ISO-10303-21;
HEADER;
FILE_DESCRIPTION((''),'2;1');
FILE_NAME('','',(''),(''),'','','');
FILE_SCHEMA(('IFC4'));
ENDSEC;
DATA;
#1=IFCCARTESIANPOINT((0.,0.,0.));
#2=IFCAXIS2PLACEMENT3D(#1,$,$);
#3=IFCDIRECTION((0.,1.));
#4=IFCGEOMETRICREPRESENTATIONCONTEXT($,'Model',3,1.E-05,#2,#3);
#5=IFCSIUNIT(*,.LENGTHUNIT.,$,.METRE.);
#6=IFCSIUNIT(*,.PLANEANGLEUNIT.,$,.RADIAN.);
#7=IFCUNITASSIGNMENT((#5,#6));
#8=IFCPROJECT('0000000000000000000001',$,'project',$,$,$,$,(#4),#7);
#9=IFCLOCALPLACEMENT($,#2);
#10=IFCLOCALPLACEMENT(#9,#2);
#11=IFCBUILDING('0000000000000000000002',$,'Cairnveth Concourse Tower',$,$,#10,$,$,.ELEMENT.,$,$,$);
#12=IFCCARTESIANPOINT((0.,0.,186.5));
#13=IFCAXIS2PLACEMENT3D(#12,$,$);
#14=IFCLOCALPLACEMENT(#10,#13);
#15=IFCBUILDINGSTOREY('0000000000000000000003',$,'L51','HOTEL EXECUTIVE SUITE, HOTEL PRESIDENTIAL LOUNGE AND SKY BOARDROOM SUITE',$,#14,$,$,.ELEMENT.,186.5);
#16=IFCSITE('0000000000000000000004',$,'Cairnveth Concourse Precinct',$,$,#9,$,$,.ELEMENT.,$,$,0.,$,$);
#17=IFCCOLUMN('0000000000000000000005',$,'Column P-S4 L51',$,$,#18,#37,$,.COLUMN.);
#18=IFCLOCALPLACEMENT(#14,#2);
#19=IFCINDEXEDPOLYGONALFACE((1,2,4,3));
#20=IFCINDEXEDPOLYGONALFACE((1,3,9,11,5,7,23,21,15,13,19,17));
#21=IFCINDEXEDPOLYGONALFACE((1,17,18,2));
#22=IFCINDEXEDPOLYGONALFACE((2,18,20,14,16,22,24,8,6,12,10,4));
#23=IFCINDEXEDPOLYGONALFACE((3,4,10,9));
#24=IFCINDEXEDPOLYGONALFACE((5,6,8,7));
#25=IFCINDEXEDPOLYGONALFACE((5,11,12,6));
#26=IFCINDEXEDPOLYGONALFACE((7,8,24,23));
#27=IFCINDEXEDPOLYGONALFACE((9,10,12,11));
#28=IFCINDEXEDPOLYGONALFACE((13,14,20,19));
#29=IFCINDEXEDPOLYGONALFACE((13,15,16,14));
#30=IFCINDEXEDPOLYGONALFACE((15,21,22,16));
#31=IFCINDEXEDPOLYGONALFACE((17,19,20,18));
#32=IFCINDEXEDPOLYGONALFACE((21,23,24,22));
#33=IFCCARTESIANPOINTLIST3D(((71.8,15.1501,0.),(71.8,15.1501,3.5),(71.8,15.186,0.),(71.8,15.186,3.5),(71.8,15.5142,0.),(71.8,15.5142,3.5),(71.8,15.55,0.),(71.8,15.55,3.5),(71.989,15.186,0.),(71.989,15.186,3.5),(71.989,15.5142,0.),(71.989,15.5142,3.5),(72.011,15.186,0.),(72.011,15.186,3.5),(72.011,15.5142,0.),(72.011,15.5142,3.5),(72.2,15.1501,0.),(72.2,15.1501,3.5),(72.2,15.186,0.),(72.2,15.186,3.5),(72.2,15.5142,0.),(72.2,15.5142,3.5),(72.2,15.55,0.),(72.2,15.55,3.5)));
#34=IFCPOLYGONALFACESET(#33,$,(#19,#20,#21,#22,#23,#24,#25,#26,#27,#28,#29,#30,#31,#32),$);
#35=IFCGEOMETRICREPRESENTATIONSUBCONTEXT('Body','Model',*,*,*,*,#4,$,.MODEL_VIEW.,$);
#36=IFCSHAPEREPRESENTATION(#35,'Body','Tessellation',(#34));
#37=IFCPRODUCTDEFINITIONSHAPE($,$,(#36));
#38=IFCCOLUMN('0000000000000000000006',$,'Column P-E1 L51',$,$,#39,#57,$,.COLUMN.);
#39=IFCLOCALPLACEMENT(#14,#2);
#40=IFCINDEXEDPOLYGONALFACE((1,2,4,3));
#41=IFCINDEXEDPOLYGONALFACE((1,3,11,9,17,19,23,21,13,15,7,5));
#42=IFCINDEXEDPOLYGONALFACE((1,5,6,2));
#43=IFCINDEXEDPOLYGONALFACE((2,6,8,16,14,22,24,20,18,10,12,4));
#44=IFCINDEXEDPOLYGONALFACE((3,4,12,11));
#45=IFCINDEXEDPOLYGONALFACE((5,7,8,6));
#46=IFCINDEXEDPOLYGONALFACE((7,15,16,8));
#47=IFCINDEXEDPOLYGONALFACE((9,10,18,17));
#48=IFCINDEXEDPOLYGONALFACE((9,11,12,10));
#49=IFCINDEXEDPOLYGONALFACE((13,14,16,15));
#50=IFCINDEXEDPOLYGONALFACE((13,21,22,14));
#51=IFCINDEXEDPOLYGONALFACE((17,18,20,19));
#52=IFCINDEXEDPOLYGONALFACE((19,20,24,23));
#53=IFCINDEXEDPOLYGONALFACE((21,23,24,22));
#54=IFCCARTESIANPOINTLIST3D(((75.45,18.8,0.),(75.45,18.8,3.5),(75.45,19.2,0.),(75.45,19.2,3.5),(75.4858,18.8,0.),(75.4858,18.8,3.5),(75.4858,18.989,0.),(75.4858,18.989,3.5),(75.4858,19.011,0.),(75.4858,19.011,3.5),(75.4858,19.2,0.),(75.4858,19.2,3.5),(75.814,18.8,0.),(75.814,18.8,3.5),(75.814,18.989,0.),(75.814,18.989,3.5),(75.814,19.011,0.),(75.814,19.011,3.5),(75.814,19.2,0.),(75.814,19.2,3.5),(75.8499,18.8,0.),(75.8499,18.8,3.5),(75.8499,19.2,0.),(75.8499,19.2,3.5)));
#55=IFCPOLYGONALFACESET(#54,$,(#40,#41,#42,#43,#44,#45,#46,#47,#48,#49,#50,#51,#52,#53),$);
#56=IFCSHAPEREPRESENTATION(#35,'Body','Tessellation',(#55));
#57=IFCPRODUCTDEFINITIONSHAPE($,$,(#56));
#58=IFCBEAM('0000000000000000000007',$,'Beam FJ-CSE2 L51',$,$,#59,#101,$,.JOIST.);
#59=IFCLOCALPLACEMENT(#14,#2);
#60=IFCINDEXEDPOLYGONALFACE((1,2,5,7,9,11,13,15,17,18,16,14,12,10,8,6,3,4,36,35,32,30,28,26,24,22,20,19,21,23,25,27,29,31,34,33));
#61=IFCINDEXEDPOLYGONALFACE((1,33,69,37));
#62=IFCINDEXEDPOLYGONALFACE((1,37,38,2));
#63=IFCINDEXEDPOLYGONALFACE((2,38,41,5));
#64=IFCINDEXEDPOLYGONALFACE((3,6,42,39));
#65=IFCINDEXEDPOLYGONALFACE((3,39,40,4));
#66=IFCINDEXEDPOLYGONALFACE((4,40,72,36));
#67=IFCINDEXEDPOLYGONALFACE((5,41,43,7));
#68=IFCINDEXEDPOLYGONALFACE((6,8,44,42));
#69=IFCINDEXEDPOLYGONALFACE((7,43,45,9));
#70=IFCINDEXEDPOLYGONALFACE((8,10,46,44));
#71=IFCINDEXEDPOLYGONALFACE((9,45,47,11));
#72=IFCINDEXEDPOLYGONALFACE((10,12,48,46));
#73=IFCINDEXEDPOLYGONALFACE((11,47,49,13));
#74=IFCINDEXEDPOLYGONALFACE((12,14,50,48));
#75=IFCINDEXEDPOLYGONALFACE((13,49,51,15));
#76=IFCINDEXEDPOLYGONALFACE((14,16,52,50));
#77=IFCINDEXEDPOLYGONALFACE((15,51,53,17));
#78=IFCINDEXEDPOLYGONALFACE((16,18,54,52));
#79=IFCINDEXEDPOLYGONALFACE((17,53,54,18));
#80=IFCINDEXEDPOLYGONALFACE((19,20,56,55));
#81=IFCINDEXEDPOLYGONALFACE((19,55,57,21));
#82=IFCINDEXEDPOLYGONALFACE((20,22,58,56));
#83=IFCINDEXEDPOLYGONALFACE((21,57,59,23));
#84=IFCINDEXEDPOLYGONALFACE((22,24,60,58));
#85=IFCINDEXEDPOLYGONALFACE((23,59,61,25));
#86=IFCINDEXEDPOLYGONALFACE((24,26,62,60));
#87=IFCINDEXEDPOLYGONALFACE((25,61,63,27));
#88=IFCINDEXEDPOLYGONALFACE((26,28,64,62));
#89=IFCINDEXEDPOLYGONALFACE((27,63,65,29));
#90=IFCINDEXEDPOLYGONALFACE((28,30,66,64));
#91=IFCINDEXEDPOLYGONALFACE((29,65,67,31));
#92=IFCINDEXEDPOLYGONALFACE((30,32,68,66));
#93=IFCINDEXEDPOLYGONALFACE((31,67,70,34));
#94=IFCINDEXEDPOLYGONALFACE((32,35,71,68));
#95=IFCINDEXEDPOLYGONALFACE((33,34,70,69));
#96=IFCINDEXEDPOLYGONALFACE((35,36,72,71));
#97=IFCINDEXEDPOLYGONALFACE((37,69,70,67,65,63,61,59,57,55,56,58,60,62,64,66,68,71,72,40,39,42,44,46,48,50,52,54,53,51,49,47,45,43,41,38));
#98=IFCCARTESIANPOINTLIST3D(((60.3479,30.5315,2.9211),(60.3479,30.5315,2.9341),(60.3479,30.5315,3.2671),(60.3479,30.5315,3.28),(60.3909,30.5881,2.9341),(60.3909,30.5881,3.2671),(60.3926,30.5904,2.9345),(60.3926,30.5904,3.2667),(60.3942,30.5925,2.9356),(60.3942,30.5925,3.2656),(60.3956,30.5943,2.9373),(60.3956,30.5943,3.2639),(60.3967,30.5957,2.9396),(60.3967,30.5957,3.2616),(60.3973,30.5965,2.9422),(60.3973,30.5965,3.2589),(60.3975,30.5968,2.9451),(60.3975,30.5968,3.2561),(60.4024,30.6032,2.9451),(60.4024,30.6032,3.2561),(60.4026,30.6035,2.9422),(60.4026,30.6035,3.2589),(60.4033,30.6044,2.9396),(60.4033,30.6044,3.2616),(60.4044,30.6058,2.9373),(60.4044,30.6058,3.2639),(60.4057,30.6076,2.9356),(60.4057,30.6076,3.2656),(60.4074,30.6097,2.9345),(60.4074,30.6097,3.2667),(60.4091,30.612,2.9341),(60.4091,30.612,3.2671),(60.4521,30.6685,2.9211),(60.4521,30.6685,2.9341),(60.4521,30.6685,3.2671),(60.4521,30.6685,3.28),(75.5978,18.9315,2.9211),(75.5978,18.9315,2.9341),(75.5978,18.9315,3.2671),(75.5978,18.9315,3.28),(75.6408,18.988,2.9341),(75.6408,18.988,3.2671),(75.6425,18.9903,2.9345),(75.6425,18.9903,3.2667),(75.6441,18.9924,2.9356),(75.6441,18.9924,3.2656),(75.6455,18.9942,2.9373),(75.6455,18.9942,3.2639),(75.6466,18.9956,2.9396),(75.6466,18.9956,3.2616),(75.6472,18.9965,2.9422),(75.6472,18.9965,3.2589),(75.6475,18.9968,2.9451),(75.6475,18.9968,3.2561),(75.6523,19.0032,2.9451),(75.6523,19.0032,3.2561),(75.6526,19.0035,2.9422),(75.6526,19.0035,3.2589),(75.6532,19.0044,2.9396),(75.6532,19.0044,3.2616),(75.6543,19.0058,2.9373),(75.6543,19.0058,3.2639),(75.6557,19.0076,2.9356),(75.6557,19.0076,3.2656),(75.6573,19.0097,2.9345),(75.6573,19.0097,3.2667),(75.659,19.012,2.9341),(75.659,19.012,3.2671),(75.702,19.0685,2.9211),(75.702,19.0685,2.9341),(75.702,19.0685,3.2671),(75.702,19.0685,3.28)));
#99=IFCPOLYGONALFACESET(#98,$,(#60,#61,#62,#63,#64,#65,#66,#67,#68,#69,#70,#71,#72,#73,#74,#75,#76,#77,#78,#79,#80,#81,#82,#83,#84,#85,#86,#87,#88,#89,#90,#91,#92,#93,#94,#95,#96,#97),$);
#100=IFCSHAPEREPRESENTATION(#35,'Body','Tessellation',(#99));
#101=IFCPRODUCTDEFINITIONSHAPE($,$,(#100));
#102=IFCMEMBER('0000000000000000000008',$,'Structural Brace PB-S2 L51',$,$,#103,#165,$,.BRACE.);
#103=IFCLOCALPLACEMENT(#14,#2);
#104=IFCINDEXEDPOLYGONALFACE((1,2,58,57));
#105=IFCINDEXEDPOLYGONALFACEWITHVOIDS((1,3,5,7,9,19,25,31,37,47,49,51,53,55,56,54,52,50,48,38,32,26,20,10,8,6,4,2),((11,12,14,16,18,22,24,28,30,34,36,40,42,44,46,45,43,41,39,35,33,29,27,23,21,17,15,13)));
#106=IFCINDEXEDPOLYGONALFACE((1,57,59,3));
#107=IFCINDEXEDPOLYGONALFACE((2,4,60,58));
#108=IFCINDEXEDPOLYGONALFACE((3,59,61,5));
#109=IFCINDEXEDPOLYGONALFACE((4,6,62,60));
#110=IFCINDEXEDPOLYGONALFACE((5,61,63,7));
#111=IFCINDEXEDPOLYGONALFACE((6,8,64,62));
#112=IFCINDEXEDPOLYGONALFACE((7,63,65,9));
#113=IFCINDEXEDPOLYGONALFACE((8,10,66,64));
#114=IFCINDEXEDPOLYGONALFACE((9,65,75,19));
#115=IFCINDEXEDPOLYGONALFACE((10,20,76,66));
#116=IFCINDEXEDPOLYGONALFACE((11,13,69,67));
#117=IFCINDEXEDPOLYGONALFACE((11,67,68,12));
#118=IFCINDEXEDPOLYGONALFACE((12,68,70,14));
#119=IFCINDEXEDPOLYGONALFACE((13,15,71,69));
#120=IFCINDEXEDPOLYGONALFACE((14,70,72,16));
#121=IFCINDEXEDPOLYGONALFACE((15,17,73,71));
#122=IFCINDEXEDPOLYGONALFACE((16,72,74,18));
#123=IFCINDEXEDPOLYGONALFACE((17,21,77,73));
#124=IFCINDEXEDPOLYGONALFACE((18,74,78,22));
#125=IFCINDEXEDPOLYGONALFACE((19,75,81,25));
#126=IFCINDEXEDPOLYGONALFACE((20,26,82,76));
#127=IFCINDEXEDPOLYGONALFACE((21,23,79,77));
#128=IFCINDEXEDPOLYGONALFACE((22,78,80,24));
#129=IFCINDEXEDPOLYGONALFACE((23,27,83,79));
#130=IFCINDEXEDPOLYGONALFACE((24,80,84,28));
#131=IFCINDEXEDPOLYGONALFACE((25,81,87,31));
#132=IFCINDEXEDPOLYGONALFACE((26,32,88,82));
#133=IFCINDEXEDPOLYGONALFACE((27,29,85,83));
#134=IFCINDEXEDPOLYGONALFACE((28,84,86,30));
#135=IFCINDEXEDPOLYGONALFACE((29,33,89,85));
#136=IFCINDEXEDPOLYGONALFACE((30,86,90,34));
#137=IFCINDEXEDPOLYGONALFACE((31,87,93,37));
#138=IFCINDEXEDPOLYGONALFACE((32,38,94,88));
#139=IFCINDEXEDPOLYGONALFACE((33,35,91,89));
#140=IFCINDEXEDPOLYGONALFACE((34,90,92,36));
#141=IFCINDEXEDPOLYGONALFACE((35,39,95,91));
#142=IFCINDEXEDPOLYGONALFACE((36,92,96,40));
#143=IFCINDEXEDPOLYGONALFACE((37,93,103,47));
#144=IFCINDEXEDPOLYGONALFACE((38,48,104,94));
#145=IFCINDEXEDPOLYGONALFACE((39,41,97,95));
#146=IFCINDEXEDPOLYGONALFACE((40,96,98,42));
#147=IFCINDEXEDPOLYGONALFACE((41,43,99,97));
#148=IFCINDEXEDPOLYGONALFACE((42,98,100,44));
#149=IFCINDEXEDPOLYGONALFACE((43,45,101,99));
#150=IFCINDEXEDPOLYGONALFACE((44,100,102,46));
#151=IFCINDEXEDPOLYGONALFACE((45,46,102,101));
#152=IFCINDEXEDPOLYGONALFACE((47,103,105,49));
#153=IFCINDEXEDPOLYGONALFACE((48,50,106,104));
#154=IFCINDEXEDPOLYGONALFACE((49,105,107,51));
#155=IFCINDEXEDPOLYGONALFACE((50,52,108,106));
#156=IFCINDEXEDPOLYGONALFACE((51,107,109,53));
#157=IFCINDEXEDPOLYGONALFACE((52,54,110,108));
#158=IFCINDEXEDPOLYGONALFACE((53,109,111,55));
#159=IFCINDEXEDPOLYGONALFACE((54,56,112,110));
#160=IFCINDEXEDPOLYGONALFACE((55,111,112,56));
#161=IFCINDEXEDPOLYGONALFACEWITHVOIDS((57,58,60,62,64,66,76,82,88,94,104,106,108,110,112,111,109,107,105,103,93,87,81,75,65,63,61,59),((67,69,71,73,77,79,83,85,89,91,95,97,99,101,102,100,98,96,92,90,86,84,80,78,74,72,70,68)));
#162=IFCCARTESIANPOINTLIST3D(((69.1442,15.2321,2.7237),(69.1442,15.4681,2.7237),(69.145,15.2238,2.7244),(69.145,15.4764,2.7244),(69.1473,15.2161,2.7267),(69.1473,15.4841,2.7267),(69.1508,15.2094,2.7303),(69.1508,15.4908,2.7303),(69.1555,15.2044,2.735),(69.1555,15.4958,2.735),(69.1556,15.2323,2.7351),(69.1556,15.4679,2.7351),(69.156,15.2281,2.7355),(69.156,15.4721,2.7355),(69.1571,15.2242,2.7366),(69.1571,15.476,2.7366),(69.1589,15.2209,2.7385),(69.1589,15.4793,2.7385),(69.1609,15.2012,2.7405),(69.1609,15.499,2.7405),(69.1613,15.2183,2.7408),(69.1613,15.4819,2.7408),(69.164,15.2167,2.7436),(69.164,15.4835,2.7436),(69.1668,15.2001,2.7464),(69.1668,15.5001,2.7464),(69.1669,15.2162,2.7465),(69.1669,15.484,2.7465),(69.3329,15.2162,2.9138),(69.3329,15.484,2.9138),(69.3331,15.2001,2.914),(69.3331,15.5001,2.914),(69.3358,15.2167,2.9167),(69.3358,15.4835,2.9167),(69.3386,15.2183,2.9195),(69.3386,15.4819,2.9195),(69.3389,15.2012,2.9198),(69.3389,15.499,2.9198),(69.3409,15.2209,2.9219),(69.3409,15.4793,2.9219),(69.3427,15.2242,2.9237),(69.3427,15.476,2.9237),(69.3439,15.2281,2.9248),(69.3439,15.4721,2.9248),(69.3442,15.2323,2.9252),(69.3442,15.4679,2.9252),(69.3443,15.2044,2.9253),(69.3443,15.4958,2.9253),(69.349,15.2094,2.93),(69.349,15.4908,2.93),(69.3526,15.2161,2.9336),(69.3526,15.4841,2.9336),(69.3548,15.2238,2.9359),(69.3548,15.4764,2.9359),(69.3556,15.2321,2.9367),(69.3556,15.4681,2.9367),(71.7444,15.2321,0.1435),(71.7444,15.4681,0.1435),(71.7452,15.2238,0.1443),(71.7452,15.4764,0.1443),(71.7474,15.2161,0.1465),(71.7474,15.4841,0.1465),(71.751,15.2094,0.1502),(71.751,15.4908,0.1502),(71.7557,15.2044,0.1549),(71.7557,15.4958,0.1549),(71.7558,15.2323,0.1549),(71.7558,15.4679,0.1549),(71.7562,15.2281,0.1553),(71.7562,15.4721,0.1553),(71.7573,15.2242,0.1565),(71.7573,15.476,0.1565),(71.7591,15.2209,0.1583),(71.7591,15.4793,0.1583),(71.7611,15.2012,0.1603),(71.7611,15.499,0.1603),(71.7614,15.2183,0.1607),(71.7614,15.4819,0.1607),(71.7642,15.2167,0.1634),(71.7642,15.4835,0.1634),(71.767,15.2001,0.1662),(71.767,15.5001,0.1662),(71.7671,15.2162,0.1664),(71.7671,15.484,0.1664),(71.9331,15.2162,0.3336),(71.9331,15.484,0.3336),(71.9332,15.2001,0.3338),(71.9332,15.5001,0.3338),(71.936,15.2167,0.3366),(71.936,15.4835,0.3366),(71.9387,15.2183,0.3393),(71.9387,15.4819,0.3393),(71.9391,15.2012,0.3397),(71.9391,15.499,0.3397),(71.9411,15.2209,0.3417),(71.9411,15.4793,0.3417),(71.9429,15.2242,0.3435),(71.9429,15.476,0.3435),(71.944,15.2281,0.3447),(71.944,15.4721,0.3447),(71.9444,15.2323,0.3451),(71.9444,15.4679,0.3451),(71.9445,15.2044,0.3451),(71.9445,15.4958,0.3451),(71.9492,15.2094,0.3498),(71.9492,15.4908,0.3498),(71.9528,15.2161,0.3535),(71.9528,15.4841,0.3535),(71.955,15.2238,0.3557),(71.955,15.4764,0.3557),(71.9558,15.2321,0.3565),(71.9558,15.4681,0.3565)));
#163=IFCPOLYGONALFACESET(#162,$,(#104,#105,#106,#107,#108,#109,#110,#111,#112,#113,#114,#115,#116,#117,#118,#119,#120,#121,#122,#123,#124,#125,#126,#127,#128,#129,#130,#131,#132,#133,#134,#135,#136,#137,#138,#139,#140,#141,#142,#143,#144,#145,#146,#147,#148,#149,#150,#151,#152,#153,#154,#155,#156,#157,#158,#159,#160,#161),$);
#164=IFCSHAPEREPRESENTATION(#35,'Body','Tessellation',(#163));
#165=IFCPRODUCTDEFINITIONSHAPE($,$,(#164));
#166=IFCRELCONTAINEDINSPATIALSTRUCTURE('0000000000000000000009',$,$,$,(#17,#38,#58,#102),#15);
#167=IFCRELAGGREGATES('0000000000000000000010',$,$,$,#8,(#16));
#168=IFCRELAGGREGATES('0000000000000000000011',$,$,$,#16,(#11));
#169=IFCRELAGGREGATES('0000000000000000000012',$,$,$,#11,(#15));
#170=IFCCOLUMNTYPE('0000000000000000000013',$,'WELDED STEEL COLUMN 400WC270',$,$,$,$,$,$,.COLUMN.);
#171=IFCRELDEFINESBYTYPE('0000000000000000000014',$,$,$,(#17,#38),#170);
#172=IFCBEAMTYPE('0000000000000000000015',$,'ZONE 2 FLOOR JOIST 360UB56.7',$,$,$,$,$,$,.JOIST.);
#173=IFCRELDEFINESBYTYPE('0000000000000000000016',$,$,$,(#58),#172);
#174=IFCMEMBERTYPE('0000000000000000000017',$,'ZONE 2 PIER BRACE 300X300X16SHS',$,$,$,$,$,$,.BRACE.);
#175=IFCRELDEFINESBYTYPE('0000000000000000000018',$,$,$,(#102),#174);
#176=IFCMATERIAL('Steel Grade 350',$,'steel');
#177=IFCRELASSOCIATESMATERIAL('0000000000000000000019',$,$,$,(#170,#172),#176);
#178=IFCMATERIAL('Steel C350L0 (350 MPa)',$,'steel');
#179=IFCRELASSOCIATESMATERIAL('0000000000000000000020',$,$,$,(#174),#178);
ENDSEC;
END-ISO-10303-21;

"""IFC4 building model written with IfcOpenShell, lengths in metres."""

from ifc_helpers import new_model, si_unit, direction, frame, origin, origin_2d, place, context, subcontext, project, spatial, hollow_rectangle, i_section, extrude, material, material_profile, profile_set, type_object, element, save


model = new_model("IFC4")

# Units and contexts
model_context = context("Model", 3, precision=1e-05, world=origin(), true_north=direction((0.0, 1.0)))
body_context = subcontext(model_context, "Body", "Model", "MODEL_VIEW")
ifc_project = project(units=[si_unit("LENGTHUNIT", "METRE"), si_unit("PLANEANGLEUNIT", "RADIAN")], contexts=[model_context])

# Site, building, storey
site_placement = place(None, origin())
site = spatial("IfcSite", under=ifc_project, at=site_placement, Name="Cairnveth Concourse Precinct", CompositionType="ELEMENT", RefElevation=0.0)
building_placement = place(site_placement, origin())
building = spatial("IfcBuilding", under=site, at=building_placement, Name="Cairnveth Concourse Tower", CompositionType="ELEMENT")
storey_placement = place(building_placement, frame((0.0, 0.0, 186.5)))
storey = spatial("IfcBuildingStorey", under=building, at=storey_placement, Name="L51", Description="HOTEL EXECUTIVE SUITE, HOTEL PRESIDENTIAL LOUNGE AND SKY BOARDROOM SUITE", CompositionType="ELEMENT", Elevation=186.5)

# Columns
ifc_material_1 = material(Name="Steel Grade 350", Category="steel")
ifc_material_profile_1 = material_profile(ifc_material_1, i_section(OverallWidth=0.3999, OverallDepth=0.3999, WebThickness=0.022, FlangeThickness=0.0359, at=origin_2d()), Name="400WC270")
ifc_profile_set_1 = profile_set([ifc_material_profile_1], Name="Steel Grade 350")
column_type = type_object("IfcColumnType", Name="WELDED STEEL COLUMN 400WC270", PredefinedType="COLUMN", material=ifc_profile_set_1)
for number, where, z_axis, x_axis, name in (
    (1, (72.0, 15.3501, 0.0), (0.0, 0.0, 1.0), (1.0, 0.0, 0.0), "Column P-S4 L51"),
    (2, (75.6499, 19.0, 0.0), (0.0, 0.0, 1.0), (0.0, 1.0, 0.0), "Column P-E1 L51"),
):
    element("IfcColumn", number, at=place(storey_placement, frame(where, z_axis=z_axis, x_axis=x_axis)), inside=storey, type_object=column_type, Name=name, PredefinedType="COLUMN", context=body_context, shape_type="SweptSolid", body=[
        extrude(i_section(OverallWidth=0.3999, OverallDepth=0.3999, WebThickness=0.022, FlangeThickness=0.0359, at=origin_2d()), origin(), (0.0, 0.0, 1.0), 3.5),
    ])

# Beam
ifc_material_profile_2 = material_profile(ifc_material_1, i_section(OverallWidth=0.1721, OverallDepth=0.3589, WebThickness=0.0081, FlangeThickness=0.0129, FilletRadius=0.011, at=origin_2d()), Name="360UB56.7")
ifc_profile_set_2 = profile_set([ifc_material_profile_2], Name="Steel Grade 350")
beam_type_1 = type_object("IfcBeamType", Name="ZONE 2 FLOOR JOIST 360UB56.7", PredefinedType="JOIST", material=ifc_profile_set_2)
beam_1_placement = place(storey_placement, frame((75.6499, 19.0, 3.1006), z_axis=(-0.795908, 0.605417, 0.0), x_axis=(-0.605417, -0.795908, 0.0)))
element("IfcBeam", 3, at=beam_1_placement, inside=storey, type_object=beam_type_1, Name="Beam FJ-CSE2 L51", PredefinedType="JOIST", context=body_context, shape_type="SweptSolid", body=[
    extrude(i_section(OverallWidth=0.1721, OverallDepth=0.3589, WebThickness=0.0081, FlangeThickness=0.0129, FilletRadius=0.011, at=origin_2d()), origin(), (0.0, 0.0, 1.0), 19.1604),
])

# Member
ifc_material_2 = material(Name="Steel C350L0 (350 MPa)", Category="steel")
ifc_material_profile_3 = material_profile(ifc_material_2, hollow_rectangle(XDim=0.3, YDim=0.3, WallThickness=0.0161, InnerFilletRadius=0.0161, OuterFilletRadius=0.032, at=origin_2d()), Name="300x300x16.0SHS")
ifc_profile_set_3 = profile_set([ifc_material_profile_3], Name="Steel C350L0 (350 MPa)")
member_type = type_object("IfcMemberType", Name="ZONE 2 PIER BRACE 300X300X16SHS", PredefinedType="BRACE", material=ifc_profile_set_3)
for number, where, z_axis, x_axis, name in (
    (4, (71.8501, 15.3501, 0.25), (-0.709834, 0.0, 0.704369), (0.0, -1.0, 0.0), "Structural Brace PB-S2 L51"),
):
    element("IfcMember", number, at=place(storey_placement, frame(where, z_axis=z_axis, x_axis=x_axis)), inside=storey, type_object=member_type, Name=name, PredefinedType="BRACE", context=body_context, shape_type="SweptSolid", body=[
        extrude(hollow_rectangle(XDim=0.3, YDim=0.3, WallThickness=0.0161, InnerFilletRadius=0.0161, OuterFilletRadius=0.032, at=origin_2d()), origin(), (0.0, 0.0, 1.0), 3.6631),
    ])

save(model, "model.ifc")
